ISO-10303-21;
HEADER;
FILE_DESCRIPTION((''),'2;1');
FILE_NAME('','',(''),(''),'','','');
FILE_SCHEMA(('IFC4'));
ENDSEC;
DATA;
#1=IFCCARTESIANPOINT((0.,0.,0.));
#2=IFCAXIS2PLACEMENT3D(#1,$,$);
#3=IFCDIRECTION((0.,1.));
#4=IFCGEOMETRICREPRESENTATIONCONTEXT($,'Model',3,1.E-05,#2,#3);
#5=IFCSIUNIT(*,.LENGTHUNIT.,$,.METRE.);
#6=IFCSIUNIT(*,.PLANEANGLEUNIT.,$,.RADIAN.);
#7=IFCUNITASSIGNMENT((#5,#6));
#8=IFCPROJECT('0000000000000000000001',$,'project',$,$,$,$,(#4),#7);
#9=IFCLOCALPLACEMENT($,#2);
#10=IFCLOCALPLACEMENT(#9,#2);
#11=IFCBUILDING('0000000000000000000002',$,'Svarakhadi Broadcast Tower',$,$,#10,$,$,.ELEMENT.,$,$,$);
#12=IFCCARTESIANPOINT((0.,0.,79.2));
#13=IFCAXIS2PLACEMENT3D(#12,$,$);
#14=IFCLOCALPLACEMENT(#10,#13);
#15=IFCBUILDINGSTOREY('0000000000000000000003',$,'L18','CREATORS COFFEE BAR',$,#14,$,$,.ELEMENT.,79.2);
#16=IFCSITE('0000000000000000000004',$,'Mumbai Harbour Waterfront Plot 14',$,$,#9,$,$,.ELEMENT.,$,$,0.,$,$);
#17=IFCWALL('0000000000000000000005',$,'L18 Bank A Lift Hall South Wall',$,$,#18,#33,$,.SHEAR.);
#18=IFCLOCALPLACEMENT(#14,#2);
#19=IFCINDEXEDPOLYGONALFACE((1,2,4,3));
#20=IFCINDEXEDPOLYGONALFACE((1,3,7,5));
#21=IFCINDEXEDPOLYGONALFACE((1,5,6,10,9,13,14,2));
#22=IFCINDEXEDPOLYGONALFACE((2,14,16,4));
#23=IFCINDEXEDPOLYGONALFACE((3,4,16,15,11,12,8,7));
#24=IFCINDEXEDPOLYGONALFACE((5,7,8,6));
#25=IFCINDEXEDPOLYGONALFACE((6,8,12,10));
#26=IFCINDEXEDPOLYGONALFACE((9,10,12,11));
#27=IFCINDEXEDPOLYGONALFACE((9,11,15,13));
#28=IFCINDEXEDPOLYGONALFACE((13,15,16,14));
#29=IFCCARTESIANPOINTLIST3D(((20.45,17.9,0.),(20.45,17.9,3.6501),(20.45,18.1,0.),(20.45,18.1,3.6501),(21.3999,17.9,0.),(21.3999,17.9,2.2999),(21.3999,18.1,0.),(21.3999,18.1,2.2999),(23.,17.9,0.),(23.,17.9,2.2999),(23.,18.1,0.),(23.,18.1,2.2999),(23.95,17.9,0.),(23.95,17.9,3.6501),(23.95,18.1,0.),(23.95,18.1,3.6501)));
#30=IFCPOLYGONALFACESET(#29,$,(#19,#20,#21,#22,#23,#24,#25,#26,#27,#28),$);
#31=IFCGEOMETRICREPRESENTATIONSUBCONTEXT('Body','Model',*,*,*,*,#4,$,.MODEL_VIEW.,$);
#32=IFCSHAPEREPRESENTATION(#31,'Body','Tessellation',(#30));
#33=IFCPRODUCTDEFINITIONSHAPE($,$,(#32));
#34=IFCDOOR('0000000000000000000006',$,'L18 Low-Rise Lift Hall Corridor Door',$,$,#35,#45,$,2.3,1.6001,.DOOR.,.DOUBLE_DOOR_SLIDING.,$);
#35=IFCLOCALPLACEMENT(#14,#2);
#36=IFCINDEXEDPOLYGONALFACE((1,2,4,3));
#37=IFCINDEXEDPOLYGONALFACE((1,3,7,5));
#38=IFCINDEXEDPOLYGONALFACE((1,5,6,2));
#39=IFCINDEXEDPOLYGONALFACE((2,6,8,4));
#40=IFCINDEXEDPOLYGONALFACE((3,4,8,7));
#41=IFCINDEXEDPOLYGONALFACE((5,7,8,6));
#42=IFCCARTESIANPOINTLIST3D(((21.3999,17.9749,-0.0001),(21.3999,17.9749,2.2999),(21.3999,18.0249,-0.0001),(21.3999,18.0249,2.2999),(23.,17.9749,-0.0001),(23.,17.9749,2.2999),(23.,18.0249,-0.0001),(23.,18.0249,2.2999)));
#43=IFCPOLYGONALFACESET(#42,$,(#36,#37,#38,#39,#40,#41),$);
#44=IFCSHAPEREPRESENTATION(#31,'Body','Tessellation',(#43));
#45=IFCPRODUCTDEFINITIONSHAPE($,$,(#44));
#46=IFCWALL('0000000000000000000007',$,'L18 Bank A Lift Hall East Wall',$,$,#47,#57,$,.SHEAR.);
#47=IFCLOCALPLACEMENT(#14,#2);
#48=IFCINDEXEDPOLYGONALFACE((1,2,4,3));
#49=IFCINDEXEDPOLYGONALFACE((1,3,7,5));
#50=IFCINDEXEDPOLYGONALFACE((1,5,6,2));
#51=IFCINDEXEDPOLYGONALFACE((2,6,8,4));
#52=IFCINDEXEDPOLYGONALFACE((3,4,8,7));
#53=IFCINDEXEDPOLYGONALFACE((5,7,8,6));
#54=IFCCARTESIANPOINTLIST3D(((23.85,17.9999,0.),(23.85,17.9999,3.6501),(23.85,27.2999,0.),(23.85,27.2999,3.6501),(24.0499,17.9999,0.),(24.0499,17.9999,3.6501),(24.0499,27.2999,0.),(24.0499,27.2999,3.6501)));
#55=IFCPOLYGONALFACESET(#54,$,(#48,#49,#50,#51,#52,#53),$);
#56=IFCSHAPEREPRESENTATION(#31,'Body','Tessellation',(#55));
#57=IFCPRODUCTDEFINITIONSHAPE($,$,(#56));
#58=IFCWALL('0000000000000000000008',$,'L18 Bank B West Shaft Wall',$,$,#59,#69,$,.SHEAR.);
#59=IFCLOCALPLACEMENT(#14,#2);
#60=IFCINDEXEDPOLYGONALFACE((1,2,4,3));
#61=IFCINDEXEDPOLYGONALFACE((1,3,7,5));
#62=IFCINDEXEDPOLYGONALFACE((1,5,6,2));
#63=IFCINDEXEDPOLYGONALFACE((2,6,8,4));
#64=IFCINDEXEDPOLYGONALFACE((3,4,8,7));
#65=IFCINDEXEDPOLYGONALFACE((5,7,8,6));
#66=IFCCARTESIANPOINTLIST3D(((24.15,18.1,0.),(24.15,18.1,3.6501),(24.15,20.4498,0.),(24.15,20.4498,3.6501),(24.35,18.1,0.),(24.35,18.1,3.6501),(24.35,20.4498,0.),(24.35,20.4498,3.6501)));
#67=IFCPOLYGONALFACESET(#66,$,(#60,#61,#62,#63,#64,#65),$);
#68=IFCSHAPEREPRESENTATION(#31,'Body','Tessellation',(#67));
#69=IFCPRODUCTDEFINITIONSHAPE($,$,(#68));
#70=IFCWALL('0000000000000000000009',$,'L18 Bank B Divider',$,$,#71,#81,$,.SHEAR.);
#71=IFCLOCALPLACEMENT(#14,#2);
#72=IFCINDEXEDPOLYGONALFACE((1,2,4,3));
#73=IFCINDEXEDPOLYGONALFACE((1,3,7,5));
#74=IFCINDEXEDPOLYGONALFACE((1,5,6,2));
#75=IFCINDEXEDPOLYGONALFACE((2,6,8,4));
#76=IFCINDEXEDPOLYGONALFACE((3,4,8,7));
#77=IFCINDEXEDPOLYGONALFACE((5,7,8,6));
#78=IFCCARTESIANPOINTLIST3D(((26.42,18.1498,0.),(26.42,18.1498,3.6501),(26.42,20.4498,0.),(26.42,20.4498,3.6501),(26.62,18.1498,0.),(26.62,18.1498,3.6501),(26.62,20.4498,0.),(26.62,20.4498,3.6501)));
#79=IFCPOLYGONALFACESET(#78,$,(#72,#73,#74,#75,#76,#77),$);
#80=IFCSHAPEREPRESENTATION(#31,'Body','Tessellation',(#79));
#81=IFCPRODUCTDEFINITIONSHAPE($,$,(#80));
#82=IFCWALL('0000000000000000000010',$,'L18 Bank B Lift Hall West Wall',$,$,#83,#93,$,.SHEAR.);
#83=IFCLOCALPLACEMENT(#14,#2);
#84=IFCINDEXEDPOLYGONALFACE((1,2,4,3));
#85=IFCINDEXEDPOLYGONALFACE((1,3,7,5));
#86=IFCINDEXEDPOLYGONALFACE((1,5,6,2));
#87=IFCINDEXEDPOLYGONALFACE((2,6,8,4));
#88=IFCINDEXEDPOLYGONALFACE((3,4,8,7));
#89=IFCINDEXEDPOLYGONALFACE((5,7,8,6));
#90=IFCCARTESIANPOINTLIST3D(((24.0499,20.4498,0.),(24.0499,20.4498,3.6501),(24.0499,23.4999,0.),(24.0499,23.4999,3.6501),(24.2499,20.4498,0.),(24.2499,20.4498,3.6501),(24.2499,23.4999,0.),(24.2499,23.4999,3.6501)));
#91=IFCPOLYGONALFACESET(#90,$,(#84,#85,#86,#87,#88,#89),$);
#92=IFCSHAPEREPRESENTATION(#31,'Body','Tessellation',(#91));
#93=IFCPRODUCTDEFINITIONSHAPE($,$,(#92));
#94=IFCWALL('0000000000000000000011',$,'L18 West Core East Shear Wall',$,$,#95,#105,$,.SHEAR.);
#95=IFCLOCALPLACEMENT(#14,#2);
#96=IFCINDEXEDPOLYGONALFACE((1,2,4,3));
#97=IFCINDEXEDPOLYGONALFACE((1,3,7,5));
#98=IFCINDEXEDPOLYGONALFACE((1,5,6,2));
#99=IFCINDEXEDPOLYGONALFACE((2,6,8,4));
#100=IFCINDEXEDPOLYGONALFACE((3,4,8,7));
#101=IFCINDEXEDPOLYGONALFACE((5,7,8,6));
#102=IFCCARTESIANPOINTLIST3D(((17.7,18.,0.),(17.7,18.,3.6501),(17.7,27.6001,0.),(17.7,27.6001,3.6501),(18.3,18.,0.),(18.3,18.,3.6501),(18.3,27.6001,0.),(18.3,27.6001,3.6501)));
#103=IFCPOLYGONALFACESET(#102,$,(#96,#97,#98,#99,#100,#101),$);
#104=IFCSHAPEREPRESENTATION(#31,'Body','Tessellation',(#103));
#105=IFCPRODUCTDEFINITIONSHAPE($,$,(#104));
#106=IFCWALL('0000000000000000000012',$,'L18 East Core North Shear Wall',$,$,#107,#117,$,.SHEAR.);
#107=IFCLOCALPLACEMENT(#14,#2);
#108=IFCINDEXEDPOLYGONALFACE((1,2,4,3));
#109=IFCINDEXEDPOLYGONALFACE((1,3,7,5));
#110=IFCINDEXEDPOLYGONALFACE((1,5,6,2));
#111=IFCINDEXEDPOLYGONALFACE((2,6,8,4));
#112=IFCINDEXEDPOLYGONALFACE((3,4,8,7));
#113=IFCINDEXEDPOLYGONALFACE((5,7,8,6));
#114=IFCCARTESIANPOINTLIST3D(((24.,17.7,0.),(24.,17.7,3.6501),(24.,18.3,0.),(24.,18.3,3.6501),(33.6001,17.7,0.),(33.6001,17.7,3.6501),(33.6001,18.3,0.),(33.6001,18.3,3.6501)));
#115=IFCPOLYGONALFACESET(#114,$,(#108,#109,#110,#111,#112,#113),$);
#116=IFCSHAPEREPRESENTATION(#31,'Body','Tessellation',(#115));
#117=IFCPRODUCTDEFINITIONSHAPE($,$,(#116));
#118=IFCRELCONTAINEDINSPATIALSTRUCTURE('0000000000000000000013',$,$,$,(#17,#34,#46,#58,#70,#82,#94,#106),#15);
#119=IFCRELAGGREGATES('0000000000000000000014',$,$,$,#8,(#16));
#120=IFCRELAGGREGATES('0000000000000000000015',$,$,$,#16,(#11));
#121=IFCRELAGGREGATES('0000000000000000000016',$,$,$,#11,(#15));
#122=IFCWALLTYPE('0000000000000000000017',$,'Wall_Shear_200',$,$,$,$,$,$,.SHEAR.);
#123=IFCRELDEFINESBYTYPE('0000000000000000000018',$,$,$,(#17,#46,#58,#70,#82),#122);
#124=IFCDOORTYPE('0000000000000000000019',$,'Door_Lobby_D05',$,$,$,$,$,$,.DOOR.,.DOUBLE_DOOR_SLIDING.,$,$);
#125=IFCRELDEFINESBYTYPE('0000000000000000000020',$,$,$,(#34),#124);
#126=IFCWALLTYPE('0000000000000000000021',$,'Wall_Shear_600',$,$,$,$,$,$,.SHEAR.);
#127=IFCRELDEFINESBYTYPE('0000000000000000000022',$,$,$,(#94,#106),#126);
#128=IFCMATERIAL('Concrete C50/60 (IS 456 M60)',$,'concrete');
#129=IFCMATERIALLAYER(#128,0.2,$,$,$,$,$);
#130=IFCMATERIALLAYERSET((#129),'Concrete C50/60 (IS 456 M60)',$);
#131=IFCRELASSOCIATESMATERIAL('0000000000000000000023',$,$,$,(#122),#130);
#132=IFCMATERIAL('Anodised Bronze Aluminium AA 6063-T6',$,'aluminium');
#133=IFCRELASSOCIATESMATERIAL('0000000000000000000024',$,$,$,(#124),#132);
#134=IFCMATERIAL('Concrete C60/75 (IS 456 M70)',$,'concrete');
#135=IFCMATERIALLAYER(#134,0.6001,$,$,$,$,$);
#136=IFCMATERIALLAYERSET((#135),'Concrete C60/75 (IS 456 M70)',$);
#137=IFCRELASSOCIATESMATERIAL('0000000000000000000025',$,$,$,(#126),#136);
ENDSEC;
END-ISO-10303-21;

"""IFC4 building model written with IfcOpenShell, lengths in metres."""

from ifc_helpers import new_model, si_unit, direction, frame, frame_2d, origin, place, context, subcontext, project, spatial, rectangle, extrude, material, layer, layer_set, type_object, element, fill, save


model = new_model("IFC4")

# Units and contexts
model_context = context("Model", 3, precision=1e-05, world=origin(), true_north=direction((0.0, 1.0)))
body_context = subcontext(model_context, "Body", "Model", "MODEL_VIEW")
ifc_project = project(units=[si_unit("LENGTHUNIT", "METRE"), si_unit("PLANEANGLEUNIT", "RADIAN")], contexts=[model_context])

# Site, building, storey
site_placement = place(None, origin())
site = spatial("IfcSite", under=ifc_project, at=site_placement, Name="Mumbai Harbour Waterfront Plot 14", CompositionType="ELEMENT", RefElevation=0.0)
building_placement = place(site_placement, origin())
building = spatial("IfcBuilding", under=site, at=building_placement, Name="Svarakhadi Broadcast Tower", CompositionType="ELEMENT")
storey_placement = place(building_placement, frame((0.0, 0.0, 79.2)))
storey = spatial("IfcBuildingStorey", under=building, at=storey_placement, Name="L18", Description="CREATORS COFFEE BAR", CompositionType="ELEMENT", Elevation=79.2)

# Shared definitions
ifc_material_1 = material(Name="Concrete C60/75 (IS 456 M70)", Category="concrete")

# Shared definitions
ifc_material_2 = material(Name="Concrete C50/60 (IS 456 M60)", Category="concrete")
ifc_layer_1 = layer(ifc_material_2, 0.2)
ifc_layer_set_1 = layer_set([ifc_layer_1], Name="Concrete C50/60 (IS 456 M60)")
wall_type_1 = type_object("IfcWallType", Name="Wall_Shear_200", PredefinedType="SHEAR", material=ifc_layer_set_1)

# Wall, opening, door
wall_1_placement = place(storey_placement, frame((20.45, 18.0, 0.0), z_axis=(0.0, 0.0, 1.0), x_axis=(1.0, 0.0, 0.0)))
wall_1 = element("IfcWall", 1, at=wall_1_placement, inside=storey, type_object=wall_type_1, Name="L18 Bank A Lift Hall South Wall", PredefinedType="SHEAR", context=body_context, shape_type="SweptSolid", body=[
    extrude(rectangle(XDim=3.5, YDim=0.2, at=frame_2d((1.75, 0.0))), origin(), (0.0, 0.0, 1.0), 3.6501),
])
opening_1_placement = place(wall_1_placement, frame((0.95, 0.0, 0.0)))
opening_1 = element("IfcOpeningElement", 2, at=opening_1_placement, cuts=wall_1, PredefinedType="OPENING", context=body_context, shape_type="SweptSolid", body=[
    extrude(rectangle(XDim=1.6001, YDim=2.3, at=frame_2d((0.8, 1.1499))), frame((0.0, 0.1099, 0.0), z_axis=(0.0, -1.0, 0.0), x_axis=(1.0, 0.0, 0.0)), (0.0, 0.0, 1.0), 0.22),
])
ifc_material_3 = material(Name="Anodised Bronze Aluminium AA 6063-T6", Category="aluminium")
door_type_1 = type_object("IfcDoorType", Name="Door_Lobby_D05", OperationType="DOUBLE_DOOR_SLIDING", PredefinedType="DOOR", material=ifc_material_3)
door_1_placement = place(opening_1_placement, origin())
door_1 = element("IfcDoor", 3, at=door_1_placement, inside=storey, type_object=door_type_1, Name="L18 Low-Rise Lift Hall Corridor Door", OperationType="DOUBLE_DOOR_SLIDING", OverallHeight=2.3, OverallWidth=1.6001, PredefinedType="DOOR", context=body_context, shape_type="SweptSolid", body=[
    extrude(rectangle(XDim=1.6001, YDim=2.3, at=frame_2d((0.8, 1.1499))), frame((0.0, 0.0249, 0.0), z_axis=(0.0, -1.0, 0.0), x_axis=(1.0, 0.0, 0.0)), (0.0, 0.0, 1.0), 0.05),
])
fill(opening_1, door_1)

# Walls
wall_2_placement = place(storey_placement, frame((23.95, 18.0, 0.0), z_axis=(0.0, 0.0, 1.0), x_axis=(0.0, 1.0, 0.0)))
element("IfcWall", 4, at=wall_2_placement, inside=storey, type_object=wall_type_1, Name="L18 Bank A Lift Hall East Wall", PredefinedType="SHEAR", context=body_context, shape_type="SweptSolid", body=[
    extrude(rectangle(XDim=9.3, YDim=0.2, at=frame_2d((4.6499, 0.0))), origin(), (0.0, 0.0, 1.0), 3.6501),
])
wall_3_placement = place(storey_placement, frame((24.25, 18.1001, 0.0), z_axis=(0.0, 0.0, 1.0), x_axis=(0.0, 1.0, 0.0)))
element("IfcWall", 5, at=wall_3_placement, inside=storey, type_object=wall_type_1, Name="L18 Bank B West Shaft Wall", PredefinedType="SHEAR", context=body_context, shape_type="SweptSolid", body=[
    extrude(rectangle(XDim=2.3499, YDim=0.2, at=frame_2d((1.1748, 0.0))), origin(), (0.0, 0.0, 1.0), 3.6501),
])
wall_4_placement = place(storey_placement, frame((26.52, 18.1499, 0.0), z_axis=(0.0, 0.0, 1.0), x_axis=(0.0, 1.0, 0.0)))
element("IfcWall", 6, at=wall_4_placement, inside=storey, type_object=wall_type_1, Name="L18 Bank B Divider", PredefinedType="SHEAR", context=body_context, shape_type="SweptSolid", body=[
    extrude(rectangle(XDim=2.3, YDim=0.2, at=frame_2d((1.1499, 0.0))), origin(), (0.0, 0.0, 1.0), 3.6501),
])
wall_5_placement = place(storey_placement, frame((24.1499, 20.45, 0.0), z_axis=(0.0, 0.0, 1.0), x_axis=(0.0, 1.0, 0.0)))
element("IfcWall", 7, at=wall_5_placement, inside=storey, type_object=wall_type_1, Name="L18 Bank B Lift Hall West Wall", PredefinedType="SHEAR", context=body_context, shape_type="SweptSolid", body=[
    extrude(rectangle(XDim=3.05, YDim=0.2, at=frame_2d((1.5249, 0.0))), origin(), (0.0, 0.0, 1.0), 3.6501),
])
ifc_layer_2 = layer(ifc_material_1, 0.6001)
ifc_layer_set_2 = layer_set([ifc_layer_2], Name="Concrete C60/75 (IS 456 M70)")
wall_type_2 = type_object("IfcWallType", Name="Wall_Shear_600", PredefinedType="SHEAR", material=ifc_layer_set_2)
for number, where, z_axis, x_axis, name in (
    (8, (18.0, 18.0, 0.0), (0.0, 0.0, 1.0), (0.0, 1.0, 0.0), "L18 West Core East Shear Wall"),
    (9, (24.0, 18.0, 0.0), (0.0, 0.0, 1.0), (1.0, 0.0, 0.0), "L18 East Core North Shear Wall"),
):
    element("IfcWall", number, at=place(storey_placement, frame(where, z_axis=z_axis, x_axis=x_axis)), inside=storey, type_object=wall_type_2, Name=name, PredefinedType="SHEAR", context=body_context, shape_type="SweptSolid", body=[
        extrude(rectangle(XDim=9.6001, YDim=0.6001, at=frame_2d((4.8, 0.0))), origin(), (0.0, 0.0, 1.0), 3.6501),
    ])

save(model, "model.ifc")
